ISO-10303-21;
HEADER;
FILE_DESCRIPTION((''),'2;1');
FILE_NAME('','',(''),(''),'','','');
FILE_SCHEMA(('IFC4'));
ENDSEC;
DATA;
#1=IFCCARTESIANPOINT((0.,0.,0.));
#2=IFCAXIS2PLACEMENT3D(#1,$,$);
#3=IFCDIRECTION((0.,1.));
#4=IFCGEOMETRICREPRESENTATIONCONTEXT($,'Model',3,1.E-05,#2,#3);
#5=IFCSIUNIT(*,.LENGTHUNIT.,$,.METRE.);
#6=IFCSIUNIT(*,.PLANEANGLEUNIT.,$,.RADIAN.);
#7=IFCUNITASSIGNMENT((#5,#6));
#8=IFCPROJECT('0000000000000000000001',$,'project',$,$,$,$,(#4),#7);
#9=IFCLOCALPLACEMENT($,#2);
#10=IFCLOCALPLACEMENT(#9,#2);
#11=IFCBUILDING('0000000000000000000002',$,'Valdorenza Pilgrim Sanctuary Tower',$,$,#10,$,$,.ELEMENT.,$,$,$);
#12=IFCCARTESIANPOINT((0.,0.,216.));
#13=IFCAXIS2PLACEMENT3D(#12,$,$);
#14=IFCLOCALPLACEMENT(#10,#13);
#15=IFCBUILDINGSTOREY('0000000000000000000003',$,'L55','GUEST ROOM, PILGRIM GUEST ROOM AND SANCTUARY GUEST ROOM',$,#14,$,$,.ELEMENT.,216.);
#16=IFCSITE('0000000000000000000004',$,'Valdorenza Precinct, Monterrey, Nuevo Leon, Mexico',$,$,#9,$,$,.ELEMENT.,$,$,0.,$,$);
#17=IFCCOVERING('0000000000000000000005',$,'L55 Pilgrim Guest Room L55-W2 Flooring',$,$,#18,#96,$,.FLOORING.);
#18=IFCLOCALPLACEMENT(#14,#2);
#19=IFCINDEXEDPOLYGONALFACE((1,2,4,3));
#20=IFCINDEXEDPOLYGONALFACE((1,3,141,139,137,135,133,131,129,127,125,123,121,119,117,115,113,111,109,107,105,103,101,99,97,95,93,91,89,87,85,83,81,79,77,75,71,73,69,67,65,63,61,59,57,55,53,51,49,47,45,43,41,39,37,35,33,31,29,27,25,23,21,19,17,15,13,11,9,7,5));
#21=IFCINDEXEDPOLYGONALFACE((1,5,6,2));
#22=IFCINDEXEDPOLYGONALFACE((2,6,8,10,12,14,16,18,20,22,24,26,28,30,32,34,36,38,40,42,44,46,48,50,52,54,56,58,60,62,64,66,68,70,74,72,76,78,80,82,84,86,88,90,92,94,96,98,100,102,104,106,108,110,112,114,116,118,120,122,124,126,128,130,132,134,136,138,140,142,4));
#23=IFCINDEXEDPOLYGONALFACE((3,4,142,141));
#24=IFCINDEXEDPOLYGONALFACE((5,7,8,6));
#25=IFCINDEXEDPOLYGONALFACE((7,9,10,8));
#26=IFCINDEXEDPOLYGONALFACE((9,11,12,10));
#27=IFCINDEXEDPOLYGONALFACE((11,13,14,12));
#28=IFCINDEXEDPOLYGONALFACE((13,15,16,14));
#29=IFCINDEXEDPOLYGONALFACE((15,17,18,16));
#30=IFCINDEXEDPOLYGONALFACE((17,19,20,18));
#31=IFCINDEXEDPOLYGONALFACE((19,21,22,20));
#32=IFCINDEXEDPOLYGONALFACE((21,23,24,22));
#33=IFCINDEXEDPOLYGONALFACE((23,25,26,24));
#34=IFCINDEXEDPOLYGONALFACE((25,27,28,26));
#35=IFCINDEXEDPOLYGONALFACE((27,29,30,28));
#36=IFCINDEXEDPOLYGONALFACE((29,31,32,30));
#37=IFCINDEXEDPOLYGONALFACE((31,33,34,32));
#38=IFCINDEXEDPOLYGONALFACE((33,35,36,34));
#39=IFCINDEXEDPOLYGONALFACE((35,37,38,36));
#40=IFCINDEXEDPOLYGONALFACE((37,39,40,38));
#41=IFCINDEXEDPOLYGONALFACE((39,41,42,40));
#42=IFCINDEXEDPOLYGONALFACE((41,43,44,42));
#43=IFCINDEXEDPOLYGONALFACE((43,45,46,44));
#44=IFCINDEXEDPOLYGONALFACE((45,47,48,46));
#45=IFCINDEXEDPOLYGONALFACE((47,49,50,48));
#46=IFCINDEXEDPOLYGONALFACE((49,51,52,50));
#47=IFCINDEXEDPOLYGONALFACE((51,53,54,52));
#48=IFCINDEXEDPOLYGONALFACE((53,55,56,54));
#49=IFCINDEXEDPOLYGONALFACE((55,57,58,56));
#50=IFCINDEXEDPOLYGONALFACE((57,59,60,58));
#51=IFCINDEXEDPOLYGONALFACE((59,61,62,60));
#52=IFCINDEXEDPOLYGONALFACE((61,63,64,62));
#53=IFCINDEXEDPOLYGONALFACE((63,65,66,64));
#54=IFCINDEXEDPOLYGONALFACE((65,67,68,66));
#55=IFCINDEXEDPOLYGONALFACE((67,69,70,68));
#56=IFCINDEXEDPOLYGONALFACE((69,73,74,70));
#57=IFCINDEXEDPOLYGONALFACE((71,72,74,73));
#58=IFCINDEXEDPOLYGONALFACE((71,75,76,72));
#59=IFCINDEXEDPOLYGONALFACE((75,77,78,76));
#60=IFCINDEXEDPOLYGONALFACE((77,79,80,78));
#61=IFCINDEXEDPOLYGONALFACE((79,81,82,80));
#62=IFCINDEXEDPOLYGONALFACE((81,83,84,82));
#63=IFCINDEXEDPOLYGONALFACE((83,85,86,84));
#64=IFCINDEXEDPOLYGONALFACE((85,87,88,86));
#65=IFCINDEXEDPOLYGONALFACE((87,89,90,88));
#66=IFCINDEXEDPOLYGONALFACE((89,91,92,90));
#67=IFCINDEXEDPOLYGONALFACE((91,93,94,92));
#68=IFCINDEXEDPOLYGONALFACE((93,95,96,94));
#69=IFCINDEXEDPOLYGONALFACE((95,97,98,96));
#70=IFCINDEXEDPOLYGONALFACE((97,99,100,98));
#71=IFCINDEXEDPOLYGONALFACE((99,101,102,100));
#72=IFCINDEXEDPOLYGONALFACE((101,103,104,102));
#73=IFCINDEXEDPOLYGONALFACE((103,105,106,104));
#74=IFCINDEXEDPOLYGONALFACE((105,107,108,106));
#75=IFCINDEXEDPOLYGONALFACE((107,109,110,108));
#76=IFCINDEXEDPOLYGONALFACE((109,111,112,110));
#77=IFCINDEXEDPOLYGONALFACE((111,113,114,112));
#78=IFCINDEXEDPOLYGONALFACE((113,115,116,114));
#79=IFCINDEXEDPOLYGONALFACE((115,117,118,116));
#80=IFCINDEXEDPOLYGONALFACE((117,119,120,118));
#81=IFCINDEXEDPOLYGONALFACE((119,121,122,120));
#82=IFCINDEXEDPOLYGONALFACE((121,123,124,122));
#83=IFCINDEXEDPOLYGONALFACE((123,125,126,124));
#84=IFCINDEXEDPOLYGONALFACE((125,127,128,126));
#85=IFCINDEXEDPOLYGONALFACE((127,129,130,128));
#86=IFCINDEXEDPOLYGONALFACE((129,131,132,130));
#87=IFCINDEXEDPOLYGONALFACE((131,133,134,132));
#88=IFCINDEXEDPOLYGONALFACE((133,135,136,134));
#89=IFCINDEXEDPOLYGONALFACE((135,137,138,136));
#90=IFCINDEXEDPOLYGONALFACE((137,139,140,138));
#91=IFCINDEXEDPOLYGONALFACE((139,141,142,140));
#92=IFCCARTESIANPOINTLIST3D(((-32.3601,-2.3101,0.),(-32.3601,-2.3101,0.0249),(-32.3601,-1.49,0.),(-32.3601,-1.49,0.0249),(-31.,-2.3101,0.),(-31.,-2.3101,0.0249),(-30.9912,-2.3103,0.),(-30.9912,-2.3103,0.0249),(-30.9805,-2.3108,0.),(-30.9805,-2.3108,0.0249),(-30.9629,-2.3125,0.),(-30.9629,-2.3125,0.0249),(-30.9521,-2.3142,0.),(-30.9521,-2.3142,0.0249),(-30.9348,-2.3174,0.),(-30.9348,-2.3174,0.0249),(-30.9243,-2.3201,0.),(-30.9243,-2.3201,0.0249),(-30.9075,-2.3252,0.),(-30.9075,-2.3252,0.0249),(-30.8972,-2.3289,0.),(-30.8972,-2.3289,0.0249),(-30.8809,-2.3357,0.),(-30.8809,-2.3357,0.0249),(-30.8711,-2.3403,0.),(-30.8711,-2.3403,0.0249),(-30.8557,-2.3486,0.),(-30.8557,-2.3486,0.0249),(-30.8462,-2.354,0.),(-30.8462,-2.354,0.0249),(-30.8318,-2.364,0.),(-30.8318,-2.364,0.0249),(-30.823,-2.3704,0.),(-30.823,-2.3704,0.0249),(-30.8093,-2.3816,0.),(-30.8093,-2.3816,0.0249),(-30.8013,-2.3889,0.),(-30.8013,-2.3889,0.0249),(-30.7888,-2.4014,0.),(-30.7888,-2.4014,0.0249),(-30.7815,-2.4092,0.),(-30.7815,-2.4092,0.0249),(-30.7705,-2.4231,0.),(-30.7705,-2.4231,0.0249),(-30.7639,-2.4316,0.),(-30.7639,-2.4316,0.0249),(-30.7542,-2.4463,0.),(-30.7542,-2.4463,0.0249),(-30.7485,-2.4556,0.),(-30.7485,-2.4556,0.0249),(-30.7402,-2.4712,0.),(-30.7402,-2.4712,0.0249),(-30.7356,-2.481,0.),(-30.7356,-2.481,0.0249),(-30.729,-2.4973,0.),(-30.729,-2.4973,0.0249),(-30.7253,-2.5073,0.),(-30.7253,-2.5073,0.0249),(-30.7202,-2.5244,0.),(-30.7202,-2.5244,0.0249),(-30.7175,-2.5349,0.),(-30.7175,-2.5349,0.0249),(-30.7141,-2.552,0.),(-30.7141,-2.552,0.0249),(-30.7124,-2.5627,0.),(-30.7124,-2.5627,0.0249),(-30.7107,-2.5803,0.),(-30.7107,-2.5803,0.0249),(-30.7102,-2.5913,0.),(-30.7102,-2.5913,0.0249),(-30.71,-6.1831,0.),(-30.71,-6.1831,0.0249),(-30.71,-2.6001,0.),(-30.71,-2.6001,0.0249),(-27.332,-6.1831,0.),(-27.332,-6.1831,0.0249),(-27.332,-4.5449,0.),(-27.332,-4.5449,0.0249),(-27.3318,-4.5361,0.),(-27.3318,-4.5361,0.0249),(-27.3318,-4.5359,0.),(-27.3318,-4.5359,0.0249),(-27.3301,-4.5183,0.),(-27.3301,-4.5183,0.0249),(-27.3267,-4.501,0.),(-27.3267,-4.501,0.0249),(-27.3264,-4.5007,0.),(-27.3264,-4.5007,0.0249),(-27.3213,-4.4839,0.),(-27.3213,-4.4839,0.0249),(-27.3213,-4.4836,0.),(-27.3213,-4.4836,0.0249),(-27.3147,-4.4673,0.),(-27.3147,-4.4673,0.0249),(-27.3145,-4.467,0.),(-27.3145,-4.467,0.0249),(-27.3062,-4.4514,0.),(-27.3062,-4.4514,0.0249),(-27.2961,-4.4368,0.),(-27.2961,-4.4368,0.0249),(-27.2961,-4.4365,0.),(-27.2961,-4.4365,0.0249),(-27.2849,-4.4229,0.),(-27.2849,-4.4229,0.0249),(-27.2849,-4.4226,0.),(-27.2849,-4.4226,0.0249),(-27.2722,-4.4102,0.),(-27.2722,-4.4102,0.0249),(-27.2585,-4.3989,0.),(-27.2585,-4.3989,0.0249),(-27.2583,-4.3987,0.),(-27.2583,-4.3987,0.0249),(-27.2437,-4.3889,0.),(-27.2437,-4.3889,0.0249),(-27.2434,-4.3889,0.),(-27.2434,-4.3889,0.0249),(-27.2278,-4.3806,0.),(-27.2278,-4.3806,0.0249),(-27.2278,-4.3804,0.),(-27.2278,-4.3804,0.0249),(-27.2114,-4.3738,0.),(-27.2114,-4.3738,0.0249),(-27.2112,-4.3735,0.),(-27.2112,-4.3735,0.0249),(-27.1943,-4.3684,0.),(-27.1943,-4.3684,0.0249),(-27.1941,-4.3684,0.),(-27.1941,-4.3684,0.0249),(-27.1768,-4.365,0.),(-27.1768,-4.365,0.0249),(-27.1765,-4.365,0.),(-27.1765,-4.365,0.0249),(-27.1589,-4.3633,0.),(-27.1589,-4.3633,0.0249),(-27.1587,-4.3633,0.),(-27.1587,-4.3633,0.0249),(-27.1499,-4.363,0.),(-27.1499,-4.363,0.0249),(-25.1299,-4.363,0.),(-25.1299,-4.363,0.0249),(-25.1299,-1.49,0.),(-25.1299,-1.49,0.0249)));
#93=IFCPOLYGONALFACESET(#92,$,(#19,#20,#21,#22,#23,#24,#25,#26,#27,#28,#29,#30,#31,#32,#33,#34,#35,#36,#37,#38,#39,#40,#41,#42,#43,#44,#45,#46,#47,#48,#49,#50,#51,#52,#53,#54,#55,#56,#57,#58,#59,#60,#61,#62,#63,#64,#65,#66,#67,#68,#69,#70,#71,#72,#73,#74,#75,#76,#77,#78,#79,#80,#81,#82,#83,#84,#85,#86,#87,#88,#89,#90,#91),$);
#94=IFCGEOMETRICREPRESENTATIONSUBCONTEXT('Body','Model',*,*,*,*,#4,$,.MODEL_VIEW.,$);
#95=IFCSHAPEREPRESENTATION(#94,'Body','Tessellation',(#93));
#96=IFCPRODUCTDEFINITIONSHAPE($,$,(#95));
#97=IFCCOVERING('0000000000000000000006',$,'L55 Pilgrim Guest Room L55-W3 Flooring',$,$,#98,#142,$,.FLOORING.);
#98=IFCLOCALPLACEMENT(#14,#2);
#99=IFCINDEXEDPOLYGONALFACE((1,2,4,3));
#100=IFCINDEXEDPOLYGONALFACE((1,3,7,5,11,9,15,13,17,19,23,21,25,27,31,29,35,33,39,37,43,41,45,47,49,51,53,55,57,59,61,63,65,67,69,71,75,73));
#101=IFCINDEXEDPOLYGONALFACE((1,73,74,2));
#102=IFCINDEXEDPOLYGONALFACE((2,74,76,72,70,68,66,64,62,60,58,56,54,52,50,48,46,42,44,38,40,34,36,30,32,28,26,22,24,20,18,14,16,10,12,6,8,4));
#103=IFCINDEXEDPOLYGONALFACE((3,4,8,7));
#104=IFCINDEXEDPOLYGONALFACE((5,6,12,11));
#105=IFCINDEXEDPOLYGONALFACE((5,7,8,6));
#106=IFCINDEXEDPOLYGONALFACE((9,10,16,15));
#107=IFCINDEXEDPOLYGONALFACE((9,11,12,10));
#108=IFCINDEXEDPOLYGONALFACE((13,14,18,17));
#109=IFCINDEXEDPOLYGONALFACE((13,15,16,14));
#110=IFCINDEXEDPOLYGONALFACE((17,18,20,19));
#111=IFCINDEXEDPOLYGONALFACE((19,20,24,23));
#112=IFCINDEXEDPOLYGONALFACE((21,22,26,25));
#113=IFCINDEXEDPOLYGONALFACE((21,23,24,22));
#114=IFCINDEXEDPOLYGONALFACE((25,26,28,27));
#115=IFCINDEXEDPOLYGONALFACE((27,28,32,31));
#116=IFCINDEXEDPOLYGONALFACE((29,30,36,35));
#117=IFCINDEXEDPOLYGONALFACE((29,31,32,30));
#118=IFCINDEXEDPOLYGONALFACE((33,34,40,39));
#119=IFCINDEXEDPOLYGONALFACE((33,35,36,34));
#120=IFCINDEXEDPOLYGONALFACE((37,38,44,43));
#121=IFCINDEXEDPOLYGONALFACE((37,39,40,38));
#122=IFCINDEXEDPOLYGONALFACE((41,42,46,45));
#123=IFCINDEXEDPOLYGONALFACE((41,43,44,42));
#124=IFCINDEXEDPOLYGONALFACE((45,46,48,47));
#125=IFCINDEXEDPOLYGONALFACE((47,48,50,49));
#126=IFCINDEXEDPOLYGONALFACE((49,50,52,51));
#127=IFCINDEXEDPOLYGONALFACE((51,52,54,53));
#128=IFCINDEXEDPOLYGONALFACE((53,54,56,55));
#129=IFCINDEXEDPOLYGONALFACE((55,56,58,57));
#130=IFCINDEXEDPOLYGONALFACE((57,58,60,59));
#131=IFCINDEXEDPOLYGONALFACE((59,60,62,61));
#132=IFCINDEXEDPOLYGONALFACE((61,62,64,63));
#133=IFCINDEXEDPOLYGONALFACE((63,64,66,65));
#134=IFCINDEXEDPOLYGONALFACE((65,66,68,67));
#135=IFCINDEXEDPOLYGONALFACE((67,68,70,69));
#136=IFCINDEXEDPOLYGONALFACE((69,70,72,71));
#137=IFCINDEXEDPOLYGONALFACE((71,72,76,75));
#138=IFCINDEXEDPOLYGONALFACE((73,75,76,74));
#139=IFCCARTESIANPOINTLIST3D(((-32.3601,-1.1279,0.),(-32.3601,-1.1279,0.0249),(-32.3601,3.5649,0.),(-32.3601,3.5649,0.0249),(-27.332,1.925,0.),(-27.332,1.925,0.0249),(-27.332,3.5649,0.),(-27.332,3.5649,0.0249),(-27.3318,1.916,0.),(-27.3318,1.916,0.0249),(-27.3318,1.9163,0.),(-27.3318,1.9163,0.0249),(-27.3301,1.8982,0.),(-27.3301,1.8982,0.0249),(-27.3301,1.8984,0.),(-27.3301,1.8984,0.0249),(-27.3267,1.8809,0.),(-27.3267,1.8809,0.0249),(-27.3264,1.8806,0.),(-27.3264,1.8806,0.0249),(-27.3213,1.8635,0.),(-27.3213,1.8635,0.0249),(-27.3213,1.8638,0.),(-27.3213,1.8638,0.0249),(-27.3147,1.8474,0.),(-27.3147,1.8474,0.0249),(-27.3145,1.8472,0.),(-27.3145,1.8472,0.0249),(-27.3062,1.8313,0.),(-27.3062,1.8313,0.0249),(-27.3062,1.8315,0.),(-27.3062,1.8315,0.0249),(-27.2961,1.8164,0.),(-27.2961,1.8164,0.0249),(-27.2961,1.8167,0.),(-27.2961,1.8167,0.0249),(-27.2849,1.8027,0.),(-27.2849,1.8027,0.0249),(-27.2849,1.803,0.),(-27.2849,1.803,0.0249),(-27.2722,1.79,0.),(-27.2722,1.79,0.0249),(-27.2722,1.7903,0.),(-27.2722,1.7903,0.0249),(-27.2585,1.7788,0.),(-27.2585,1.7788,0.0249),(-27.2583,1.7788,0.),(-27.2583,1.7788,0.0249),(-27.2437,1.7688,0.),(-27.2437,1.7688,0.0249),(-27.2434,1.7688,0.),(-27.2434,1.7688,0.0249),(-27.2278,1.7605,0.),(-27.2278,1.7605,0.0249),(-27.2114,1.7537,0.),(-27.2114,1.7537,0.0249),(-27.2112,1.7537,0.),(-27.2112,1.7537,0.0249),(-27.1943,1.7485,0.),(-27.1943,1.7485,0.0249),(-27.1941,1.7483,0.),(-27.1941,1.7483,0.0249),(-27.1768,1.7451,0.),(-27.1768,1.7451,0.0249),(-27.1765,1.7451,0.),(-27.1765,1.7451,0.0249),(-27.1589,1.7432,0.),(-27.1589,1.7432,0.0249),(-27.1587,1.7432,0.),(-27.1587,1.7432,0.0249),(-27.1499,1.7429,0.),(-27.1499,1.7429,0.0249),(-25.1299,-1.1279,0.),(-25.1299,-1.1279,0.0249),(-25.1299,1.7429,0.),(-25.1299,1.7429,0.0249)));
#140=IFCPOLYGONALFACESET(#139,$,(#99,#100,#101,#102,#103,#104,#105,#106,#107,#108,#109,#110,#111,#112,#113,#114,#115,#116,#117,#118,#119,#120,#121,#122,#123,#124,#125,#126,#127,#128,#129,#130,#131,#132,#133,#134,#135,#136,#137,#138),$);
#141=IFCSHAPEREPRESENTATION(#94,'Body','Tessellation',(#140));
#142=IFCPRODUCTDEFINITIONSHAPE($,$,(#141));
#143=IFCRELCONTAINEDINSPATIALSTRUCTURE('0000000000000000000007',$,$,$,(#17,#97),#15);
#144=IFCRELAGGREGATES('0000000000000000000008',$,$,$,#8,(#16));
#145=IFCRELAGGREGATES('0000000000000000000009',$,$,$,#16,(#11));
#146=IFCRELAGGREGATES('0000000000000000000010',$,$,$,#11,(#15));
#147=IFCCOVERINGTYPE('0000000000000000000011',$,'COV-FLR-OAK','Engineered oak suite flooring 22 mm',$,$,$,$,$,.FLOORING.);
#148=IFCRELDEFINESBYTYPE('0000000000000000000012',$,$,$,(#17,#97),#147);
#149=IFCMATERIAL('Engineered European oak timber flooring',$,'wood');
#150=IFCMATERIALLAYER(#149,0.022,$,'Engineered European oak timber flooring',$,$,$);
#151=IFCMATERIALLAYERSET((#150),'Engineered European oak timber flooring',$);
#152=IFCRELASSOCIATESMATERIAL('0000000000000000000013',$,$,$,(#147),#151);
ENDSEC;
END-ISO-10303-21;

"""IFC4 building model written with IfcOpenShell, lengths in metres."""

from ifc_helpers import new_model, si_unit, direction, frame, origin, place, context, subcontext, project, spatial, polyline, outline, extrude, material, layer, layer_set, type_object, element, save


model = new_model("IFC4")

# Units and contexts
model_context = context("Model", 3, precision=1e-05, world=origin(), true_north=direction((0.0, 1.0)))
body_context = subcontext(model_context, "Body", "Model", "MODEL_VIEW")
ifc_project = project(units=[si_unit("LENGTHUNIT", "METRE"), si_unit("PLANEANGLEUNIT", "RADIAN")], contexts=[model_context])

# Site, building, storey
site_placement = place(None, origin())
site = spatial("IfcSite", under=ifc_project, at=site_placement, Name="Valdorenza Precinct, Monterrey, Nuevo Leon, Mexico", CompositionType="ELEMENT", RefElevation=0.0)
building_placement = place(site_placement, origin())
building = spatial("IfcBuilding", under=site, at=building_placement, Name="Valdorenza Pilgrim Sanctuary Tower", CompositionType="ELEMENT")
storey_placement = place(building_placement, frame((0.0, 0.0, 216.0)))
storey = spatial("IfcBuildingStorey", under=building, at=storey_placement, Name="L55", Description="GUEST ROOM, PILGRIM GUEST ROOM AND SANCTUARY GUEST ROOM", CompositionType="ELEMENT", Elevation=216.0)

# Coverings
ifc_material_1 = material(Name="Engineered European oak timber flooring", Category="wood")
ifc_layer_1 = layer(ifc_material_1, 0.022, Name="Engineered European oak timber flooring")
ifc_layer_set_1 = layer_set([ifc_layer_1], Name="Engineered European oak timber flooring")
covering_type_1 = type_object("IfcCoveringType", Name="COV-FLR-OAK", Description="Engineered oak suite flooring 22 mm", PredefinedType="FLOORING", material=ifc_layer_set_1)
covering_1_placement = place(storey_placement, origin())
element("IfcCovering", 1, at=covering_1_placement, inside=storey, type_object=covering_type_1, Name="L55 Pilgrim Guest Room L55-W2 Flooring", PredefinedType="FLOORING", context=body_context, shape_type="SweptSolid", body=[
    extrude(outline(polyline([(-25.1299, -1.49), (-25.1299, -4.363), (-27.1499, -4.363), (-27.1587, -4.3633), (-27.1589, -4.3633), (-27.1765, -4.365), (-27.1768, -4.365), (-27.1941, -4.3684), (-27.1943, -4.3684), (-27.2112, -4.3735), (-27.2114, -4.3738), (-27.2278, -4.3804), (-27.2278, -4.3806), (-27.2434, -4.3889), (-27.2437, -4.3889), (-27.2583, -4.3987), (-27.2585, -4.3989), (-27.2722, -4.4102), (-27.2722, -4.4102), (-27.2849, -4.4226), (-27.2849, -4.4229), (-27.2961, -4.4365), (-27.2961, -4.4368), (-27.3062, -4.4514), (-27.3062, -4.4514), (-27.3145, -4.467), (-27.3147, -4.4673), (-27.3213, -4.4836), (-27.3213, -4.4839), (-27.3264, -4.5007), (-27.3267, -4.501), (-27.3301, -4.5183), (-27.3301, -4.5183), (-27.3318, -4.5359), (-27.3318, -4.5361), (-27.332, -4.5449), (-27.332, -6.1831), (-30.71, -6.1831), (-30.71, -2.6001), (-30.7102, -2.5913), (-30.7107, -2.5803), (-30.7124, -2.5627), (-30.7141, -2.552), (-30.7175, -2.5349), (-30.7202, -2.5244), (-30.7253, -2.5073), (-30.729, -2.4973), (-30.7356, -2.481), (-30.7402, -2.4712), (-30.7485, -2.4556), (-30.7542, -2.4463), (-30.7639, -2.4316), (-30.7705, -2.4231), (-30.7815, -2.4092), (-30.7888, -2.4014), (-30.8013, -2.3889), (-30.8093, -2.3816), (-30.823, -2.3704), (-30.8318, -2.364), (-30.8462, -2.354), (-30.8557, -2.3486), (-30.8711, -2.3403), (-30.8809, -2.3357), (-30.8972, -2.3289), (-30.9075, -2.3252), (-30.9243, -2.3201), (-30.9348, -2.3174), (-30.9521, -2.3142), (-30.9629, -2.3125), (-30.9805, -2.3108), (-30.9912, -2.3103), (-31.0, -2.3101), (-32.3601, -2.3101), (-32.3601, -1.49), (-25.1299, -1.49)])), origin(), (0.0, 0.0, 1.0), 0.0249),
])
covering_2_placement = place(storey_placement, origin())
element("IfcCovering", 2, at=covering_2_placement, inside=storey, type_object=covering_type_1, Name="L55 Pilgrim Guest Room L55-W3 Flooring", PredefinedType="FLOORING", context=body_context, shape_type="SweptSolid", body=[
    extrude(outline(polyline([(-32.3601, 3.5649), (-27.332, 3.5649), (-27.332, 1.925), (-27.3318, 1.9163), (-27.3318, 1.916), (-27.3301, 1.8984), (-27.3301, 1.8982), (-27.3267, 1.8809), (-27.3264, 1.8806), (-27.3213, 1.8638), (-27.3213, 1.8635), (-27.3147, 1.8474), (-27.3145, 1.8472), (-27.3062, 1.8315), (-27.3062, 1.8313), (-27.2961, 1.8167), (-27.2961, 1.8164), (-27.2849, 1.803), (-27.2849, 1.8027), (-27.2722, 1.7903), (-27.2722, 1.79), (-27.2585, 1.7788), (-27.2583, 1.7788), (-27.2437, 1.7688), (-27.2434, 1.7688), (-27.2278, 1.7605), (-27.2278, 1.7605), (-27.2114, 1.7537), (-27.2112, 1.7537), (-27.1943, 1.7485), (-27.1941, 1.7483), (-27.1768, 1.7451), (-27.1765, 1.7451), (-27.1589, 1.7432), (-27.1587, 1.7432), (-27.1499, 1.7429), (-25.1299, 1.7429), (-25.1299, -1.1279), (-32.3601, -1.1279), (-32.3601, 3.5649)])), origin(), (0.0, 0.0, 1.0), 0.0249),
])

save(model, "model.ifc")
